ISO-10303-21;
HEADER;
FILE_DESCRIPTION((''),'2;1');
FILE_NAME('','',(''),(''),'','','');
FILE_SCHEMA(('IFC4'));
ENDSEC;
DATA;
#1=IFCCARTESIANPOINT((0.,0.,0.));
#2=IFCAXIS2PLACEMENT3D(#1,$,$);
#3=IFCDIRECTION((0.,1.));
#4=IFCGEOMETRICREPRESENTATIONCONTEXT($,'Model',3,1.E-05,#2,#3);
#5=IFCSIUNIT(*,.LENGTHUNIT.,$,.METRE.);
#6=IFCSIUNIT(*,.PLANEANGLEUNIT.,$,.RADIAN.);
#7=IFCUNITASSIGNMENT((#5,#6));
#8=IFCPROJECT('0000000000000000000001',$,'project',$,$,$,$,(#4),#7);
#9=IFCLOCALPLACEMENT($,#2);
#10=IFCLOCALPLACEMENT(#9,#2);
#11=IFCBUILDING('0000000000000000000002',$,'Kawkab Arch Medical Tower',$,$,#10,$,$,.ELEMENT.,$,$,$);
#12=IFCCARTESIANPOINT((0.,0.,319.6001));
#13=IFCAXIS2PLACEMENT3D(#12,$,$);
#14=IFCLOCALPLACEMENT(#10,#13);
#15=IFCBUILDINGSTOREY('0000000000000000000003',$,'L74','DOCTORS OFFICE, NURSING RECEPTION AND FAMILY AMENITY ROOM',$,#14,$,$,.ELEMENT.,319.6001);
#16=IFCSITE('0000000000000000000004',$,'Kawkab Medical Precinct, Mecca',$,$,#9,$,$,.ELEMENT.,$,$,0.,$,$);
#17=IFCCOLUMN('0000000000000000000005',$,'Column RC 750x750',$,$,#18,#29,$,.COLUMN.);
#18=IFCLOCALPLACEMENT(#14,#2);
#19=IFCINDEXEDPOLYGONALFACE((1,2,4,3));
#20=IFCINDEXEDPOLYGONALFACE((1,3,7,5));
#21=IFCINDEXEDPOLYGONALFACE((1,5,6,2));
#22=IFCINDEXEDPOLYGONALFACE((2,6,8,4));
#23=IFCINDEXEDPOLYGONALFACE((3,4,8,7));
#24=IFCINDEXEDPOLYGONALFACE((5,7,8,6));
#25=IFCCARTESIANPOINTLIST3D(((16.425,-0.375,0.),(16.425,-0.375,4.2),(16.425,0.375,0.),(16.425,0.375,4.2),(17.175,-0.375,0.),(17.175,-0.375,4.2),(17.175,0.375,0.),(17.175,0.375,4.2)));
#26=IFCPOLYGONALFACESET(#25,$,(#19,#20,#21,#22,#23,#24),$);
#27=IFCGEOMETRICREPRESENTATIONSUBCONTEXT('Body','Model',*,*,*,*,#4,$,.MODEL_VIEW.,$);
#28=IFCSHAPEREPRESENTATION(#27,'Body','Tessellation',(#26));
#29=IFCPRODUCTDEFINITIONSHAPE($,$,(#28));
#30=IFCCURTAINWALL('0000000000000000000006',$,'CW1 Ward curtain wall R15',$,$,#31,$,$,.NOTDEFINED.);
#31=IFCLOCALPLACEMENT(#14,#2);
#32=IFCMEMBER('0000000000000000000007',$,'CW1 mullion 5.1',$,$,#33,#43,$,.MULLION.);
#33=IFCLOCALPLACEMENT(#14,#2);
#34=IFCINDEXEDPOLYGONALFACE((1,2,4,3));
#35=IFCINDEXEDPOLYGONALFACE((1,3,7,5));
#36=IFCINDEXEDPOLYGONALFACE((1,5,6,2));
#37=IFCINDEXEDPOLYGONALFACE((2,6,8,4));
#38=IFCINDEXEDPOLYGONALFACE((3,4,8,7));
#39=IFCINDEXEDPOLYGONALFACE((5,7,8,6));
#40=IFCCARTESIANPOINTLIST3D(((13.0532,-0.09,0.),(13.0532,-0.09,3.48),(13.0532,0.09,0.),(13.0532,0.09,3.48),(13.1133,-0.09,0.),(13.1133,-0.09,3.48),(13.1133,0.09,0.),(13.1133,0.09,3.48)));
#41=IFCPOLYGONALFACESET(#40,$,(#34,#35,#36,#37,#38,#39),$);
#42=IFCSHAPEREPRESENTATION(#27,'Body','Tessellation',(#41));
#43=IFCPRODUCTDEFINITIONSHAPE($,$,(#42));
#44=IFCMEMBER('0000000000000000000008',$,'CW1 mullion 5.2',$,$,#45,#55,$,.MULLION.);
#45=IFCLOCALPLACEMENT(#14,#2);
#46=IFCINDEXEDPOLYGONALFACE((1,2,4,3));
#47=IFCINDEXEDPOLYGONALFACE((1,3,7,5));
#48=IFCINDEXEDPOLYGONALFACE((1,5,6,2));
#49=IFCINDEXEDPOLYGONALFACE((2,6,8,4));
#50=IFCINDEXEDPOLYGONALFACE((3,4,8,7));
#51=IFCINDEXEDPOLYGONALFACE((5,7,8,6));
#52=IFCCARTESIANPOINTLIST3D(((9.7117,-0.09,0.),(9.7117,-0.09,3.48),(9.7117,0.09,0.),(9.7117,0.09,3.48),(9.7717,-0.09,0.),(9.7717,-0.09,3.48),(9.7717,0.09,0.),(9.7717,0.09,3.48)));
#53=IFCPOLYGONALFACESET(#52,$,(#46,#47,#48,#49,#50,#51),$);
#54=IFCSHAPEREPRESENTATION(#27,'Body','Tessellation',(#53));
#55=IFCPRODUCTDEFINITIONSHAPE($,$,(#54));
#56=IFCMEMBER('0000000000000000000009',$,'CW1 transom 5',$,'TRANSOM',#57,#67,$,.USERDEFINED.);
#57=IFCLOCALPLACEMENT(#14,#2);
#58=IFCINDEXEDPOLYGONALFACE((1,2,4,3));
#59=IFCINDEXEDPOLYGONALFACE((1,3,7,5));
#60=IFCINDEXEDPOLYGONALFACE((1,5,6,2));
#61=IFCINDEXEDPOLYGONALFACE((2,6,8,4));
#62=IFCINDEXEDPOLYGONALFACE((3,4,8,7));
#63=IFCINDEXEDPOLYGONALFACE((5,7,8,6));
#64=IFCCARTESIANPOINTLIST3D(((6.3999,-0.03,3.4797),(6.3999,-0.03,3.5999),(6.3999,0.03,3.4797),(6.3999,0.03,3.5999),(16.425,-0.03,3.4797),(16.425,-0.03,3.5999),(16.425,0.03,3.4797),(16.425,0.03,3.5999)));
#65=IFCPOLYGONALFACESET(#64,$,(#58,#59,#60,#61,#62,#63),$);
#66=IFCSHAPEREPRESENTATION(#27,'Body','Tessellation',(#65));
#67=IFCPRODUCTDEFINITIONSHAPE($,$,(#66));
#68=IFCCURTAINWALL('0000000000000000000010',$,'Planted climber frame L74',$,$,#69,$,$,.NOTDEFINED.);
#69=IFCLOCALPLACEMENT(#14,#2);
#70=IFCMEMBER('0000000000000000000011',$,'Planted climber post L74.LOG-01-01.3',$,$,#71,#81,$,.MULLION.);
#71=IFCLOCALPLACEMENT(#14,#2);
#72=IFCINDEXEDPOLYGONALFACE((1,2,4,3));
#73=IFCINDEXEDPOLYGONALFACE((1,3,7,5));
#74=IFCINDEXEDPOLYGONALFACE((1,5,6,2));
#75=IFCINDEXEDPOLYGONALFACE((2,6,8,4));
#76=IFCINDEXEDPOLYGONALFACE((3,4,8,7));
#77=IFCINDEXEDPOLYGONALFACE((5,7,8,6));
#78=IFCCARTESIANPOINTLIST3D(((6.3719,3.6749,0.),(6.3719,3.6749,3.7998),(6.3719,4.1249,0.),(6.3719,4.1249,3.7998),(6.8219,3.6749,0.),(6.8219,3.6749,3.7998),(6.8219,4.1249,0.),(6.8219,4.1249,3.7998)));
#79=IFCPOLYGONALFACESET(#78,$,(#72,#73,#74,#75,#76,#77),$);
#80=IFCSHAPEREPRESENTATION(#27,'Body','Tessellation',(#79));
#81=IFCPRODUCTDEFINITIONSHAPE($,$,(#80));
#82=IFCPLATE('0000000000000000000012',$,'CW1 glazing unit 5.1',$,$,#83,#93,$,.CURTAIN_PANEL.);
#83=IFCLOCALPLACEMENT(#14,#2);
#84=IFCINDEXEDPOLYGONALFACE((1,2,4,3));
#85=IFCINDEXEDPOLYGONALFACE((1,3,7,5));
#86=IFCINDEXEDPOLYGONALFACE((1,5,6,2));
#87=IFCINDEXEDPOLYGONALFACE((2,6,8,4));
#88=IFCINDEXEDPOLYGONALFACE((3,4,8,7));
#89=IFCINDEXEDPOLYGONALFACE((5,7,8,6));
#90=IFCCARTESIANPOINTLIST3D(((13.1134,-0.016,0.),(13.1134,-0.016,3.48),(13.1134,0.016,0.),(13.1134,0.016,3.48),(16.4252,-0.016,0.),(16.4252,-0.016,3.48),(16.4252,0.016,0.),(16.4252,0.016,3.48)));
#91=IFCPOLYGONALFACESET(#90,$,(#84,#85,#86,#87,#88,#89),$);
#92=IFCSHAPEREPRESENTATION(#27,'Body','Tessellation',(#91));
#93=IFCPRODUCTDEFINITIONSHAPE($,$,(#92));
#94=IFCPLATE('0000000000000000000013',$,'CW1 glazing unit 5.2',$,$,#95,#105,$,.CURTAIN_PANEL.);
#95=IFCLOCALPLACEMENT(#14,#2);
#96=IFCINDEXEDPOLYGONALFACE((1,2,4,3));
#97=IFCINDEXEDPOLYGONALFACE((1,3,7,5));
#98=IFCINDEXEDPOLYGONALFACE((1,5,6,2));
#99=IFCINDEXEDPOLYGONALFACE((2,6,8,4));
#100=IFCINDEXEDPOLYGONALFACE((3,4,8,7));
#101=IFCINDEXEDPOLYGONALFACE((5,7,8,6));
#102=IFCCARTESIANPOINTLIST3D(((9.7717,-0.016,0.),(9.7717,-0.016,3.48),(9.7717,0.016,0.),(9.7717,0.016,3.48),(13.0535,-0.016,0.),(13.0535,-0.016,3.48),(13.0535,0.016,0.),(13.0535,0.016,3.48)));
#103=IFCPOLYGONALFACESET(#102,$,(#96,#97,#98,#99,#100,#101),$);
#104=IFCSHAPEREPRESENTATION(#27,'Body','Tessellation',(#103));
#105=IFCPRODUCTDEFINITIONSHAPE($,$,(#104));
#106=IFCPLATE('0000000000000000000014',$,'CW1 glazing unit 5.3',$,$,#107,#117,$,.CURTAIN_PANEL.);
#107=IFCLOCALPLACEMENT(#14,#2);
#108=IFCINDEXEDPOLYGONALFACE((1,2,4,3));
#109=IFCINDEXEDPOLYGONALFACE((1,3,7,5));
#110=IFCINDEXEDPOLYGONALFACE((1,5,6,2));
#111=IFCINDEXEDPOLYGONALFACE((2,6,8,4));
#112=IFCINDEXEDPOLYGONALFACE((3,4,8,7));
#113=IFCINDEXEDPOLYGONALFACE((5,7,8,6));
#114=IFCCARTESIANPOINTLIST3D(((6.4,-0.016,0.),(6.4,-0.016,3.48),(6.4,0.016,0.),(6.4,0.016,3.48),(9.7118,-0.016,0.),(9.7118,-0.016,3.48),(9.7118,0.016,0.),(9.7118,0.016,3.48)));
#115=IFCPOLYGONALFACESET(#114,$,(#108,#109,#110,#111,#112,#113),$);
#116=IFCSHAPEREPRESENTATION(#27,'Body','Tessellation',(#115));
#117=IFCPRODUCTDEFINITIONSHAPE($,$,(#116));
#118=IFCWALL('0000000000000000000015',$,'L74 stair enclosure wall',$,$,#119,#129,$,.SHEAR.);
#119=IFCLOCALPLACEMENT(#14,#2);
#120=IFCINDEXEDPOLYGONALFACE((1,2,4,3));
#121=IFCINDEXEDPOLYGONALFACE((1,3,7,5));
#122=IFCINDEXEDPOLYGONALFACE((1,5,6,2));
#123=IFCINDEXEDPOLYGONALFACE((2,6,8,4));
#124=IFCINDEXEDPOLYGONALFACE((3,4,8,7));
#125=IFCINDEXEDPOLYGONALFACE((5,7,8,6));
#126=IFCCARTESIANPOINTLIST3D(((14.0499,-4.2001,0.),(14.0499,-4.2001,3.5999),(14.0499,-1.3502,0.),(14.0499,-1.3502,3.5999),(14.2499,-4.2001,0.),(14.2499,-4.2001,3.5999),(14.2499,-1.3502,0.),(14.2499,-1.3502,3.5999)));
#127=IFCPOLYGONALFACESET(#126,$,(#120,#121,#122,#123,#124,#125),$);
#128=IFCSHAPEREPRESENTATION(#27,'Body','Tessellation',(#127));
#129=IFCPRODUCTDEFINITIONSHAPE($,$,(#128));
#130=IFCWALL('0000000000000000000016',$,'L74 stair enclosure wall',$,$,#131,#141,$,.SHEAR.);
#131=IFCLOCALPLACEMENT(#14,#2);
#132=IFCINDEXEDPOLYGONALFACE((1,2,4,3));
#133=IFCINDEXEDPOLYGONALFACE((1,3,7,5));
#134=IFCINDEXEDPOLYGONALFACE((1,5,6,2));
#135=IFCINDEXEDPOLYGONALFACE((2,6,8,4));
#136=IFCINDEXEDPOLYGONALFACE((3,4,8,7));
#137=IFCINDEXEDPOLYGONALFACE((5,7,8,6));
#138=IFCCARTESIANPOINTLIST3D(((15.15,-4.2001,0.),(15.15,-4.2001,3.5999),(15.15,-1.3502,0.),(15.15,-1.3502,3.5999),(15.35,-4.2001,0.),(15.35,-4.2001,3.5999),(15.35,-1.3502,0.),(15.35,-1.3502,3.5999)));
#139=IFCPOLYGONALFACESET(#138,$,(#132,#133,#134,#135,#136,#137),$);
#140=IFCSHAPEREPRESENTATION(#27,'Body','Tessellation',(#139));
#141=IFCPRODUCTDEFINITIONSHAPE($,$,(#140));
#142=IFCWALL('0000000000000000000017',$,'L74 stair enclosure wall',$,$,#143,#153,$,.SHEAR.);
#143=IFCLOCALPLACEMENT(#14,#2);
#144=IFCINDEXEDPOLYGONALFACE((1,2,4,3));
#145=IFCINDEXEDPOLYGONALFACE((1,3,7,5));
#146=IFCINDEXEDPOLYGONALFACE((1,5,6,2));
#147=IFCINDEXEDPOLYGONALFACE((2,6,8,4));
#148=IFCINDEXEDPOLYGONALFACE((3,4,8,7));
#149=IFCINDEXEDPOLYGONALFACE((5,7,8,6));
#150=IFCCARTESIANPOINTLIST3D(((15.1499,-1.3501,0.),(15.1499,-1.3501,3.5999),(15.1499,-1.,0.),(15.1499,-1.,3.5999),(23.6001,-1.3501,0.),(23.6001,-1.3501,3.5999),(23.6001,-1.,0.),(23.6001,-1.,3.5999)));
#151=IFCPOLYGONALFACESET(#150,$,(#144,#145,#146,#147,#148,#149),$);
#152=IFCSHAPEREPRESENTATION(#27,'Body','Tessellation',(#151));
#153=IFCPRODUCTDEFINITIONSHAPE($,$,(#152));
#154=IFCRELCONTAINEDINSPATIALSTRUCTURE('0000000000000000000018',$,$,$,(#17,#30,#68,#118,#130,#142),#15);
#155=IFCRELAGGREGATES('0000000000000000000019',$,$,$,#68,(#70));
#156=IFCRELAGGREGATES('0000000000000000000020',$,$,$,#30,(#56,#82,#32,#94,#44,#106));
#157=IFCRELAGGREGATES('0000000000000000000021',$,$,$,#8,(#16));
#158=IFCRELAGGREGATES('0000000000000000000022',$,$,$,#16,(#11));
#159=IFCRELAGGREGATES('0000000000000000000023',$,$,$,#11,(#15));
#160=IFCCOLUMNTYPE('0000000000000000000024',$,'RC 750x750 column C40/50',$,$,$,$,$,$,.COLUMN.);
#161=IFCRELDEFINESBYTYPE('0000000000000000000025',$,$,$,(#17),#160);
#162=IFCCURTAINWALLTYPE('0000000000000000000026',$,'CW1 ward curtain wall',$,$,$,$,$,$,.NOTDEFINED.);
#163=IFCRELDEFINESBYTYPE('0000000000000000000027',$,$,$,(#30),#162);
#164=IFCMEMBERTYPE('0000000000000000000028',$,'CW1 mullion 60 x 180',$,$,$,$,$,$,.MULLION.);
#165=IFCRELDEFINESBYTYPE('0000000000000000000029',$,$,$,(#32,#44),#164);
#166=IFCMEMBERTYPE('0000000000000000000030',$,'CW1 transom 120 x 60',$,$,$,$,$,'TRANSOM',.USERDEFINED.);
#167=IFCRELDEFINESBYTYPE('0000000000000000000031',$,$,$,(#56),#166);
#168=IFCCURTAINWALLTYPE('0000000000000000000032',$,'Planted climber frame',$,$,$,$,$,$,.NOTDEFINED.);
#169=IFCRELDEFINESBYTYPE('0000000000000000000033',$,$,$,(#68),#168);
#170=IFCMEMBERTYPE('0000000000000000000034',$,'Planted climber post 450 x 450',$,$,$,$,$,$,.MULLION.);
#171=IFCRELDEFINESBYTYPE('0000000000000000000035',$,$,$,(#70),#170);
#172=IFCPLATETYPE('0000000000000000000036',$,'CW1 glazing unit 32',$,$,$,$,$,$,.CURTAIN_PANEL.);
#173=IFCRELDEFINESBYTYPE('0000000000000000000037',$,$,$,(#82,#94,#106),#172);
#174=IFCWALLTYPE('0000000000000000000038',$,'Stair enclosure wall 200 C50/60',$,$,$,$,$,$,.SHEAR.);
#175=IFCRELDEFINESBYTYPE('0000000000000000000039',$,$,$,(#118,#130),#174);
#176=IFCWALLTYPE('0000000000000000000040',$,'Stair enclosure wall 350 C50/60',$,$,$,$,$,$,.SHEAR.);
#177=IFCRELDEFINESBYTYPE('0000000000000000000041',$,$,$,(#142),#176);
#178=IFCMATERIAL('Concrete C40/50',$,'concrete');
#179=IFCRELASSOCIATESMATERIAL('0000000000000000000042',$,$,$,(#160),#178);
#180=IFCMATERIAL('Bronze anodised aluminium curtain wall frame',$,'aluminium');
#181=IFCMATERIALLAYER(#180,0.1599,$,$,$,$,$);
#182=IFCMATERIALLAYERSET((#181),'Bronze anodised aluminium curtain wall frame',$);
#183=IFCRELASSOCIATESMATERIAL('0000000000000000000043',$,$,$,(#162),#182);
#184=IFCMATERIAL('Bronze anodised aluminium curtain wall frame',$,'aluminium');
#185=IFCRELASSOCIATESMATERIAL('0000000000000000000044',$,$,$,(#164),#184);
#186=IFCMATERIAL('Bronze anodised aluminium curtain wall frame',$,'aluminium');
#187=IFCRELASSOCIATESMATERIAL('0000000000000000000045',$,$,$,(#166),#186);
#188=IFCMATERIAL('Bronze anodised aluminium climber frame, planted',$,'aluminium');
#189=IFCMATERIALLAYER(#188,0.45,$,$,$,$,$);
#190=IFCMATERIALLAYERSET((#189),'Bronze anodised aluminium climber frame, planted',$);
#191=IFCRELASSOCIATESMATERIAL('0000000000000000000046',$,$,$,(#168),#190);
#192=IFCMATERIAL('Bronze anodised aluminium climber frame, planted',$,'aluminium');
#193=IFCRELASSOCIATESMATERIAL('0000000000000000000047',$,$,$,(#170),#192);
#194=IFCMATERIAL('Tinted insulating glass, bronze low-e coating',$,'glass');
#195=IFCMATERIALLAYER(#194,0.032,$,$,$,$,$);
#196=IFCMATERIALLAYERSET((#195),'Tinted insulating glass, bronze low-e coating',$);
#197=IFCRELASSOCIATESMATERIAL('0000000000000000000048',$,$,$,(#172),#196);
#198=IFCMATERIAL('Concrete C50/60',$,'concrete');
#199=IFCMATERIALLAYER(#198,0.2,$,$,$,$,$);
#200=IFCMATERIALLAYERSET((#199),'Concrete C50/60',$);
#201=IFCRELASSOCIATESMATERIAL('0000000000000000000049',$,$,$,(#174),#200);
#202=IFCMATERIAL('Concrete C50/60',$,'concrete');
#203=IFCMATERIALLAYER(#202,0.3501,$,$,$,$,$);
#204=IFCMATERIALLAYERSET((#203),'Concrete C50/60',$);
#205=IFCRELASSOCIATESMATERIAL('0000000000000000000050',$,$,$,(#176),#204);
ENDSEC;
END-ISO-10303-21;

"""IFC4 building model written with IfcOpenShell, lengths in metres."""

from ifc_helpers import new_model, si_unit, direction, frame, frame_2d, origin, origin_2d, place, context, subcontext, project, spatial, rectangle, extrude, material, layer, layer_set, material_profile, profile_set, type_object, element, aggregate, save


model = new_model("IFC4")

# Units and contexts
model_context = context("Model", 3, precision=1e-05, world=origin(), true_north=direction((0.0, 1.0)))
body_context = subcontext(model_context, "Body", "Model", "MODEL_VIEW")
ifc_project = project(units=[si_unit("LENGTHUNIT", "METRE"), si_unit("PLANEANGLEUNIT", "RADIAN")], contexts=[model_context])

# Site, building, storey
site_placement = place(None, origin())
site = spatial("IfcSite", under=ifc_project, at=site_placement, Name="Kawkab Medical Precinct, Mecca", CompositionType="ELEMENT", RefElevation=0.0)
building_placement = place(site_placement, origin())
building = spatial("IfcBuilding", under=site, at=building_placement, Name="Kawkab Arch Medical Tower", CompositionType="ELEMENT")
storey_placement = place(building_placement, frame((0.0, 0.0, 319.6001)))
storey = spatial("IfcBuildingStorey", under=building, at=storey_placement, Name="L74", Description="DOCTORS OFFICE, NURSING RECEPTION AND FAMILY AMENITY ROOM", CompositionType="ELEMENT", Elevation=319.6001)

# Column
ifc_material_1 = material(Name="Concrete C40/50", Category="concrete")
ifc_material_profile_1 = material_profile(ifc_material_1, rectangle(XDim=0.75, YDim=0.75, at=origin_2d()), Name="RC 750x750")
ifc_profile_set_1 = profile_set([ifc_material_profile_1], Name="Concrete C40/50")
column_type = type_object("IfcColumnType", Name="RC 750x750 column C40/50", PredefinedType="COLUMN", material=ifc_profile_set_1)
column_placement = place(storey_placement, frame((16.8, 0.0, 0.0), z_axis=(0.0, 0.0, 1.0), x_axis=(1.0, 0.0, 0.0)))
element("IfcColumn", 1, at=column_placement, inside=storey, type_object=column_type, Name="Column RC 750x750", PredefinedType="COLUMN", context=body_context, shape_type="SweptSolid", body=[
    extrude(rectangle(XDim=0.75, YDim=0.75, at=origin_2d()), origin(), (0.0, 0.0, 1.0), 4.2),
])

# Curtain wall, members
ifc_material_2 = material(Name="Bronze anodised aluminium curtain wall frame", Category="aluminium")
ifc_layer_1 = layer(ifc_material_2, 0.1599)
ifc_layer_set_1 = layer_set([ifc_layer_1], Name="Bronze anodised aluminium curtain wall frame")
curtain_wall_type_1 = type_object("IfcCurtainWallType", Name="CW1 ward curtain wall", PredefinedType="NOTDEFINED", material=ifc_layer_set_1)
placement = place(storey_placement, origin())
curtain_wall_1 = element("IfcCurtainWall", 2, at=placement, inside=storey, type_object=curtain_wall_type_1, Name="CW1 Ward curtain wall R15", PredefinedType="NOTDEFINED")
ifc_material_3 = material(Name="Bronze anodised aluminium curtain wall frame", Category="aluminium")
ifc_material_profile_2 = material_profile(ifc_material_3, rectangle(XDim=0.1799, YDim=0.0601, at=origin_2d()), Name="AL 60x180")
ifc_profile_set_2 = profile_set([ifc_material_profile_2], Name="Bronze anodised aluminium curtain wall frame")
member_type_1 = type_object("IfcMemberType", Name="CW1 mullion 60 x 180", PredefinedType="MULLION", material=ifc_profile_set_2)
member_1_placement = place(storey_placement, frame((13.0833, 0.0, 0.0), z_axis=(0.0, 0.0, 1.0), x_axis=(0.0, -1.0, 0.0)))
member_1 = element("IfcMember", 3, at=member_1_placement, type_object=member_type_1, Name="CW1 mullion 5.1", PredefinedType="MULLION", context=body_context, shape_type="SweptSolid", body=[
    extrude(rectangle(XDim=0.1799, YDim=0.0601, at=origin_2d()), origin(), (0.0, 0.0, 1.0), 3.48),
])
member_2_placement = place(storey_placement, frame((9.7417, 0.0, 0.0), z_axis=(0.0, 0.0, 1.0), x_axis=(0.0, -1.0, 0.0)))
member_2 = element("IfcMember", 4, at=member_2_placement, type_object=member_type_1, Name="CW1 mullion 5.2", PredefinedType="MULLION", context=body_context, shape_type="SweptSolid", body=[
    extrude(rectangle(XDim=0.1799, YDim=0.0601, at=origin_2d()), origin(), (0.0, 0.0, 1.0), 3.48),
])
ifc_material_4 = material(Name="Bronze anodised aluminium curtain wall frame", Category="aluminium")
ifc_material_profile_3 = material_profile(ifc_material_4, rectangle(XDim=0.0601, YDim=0.1201, at=origin_2d()), Name="AL 60x120")
ifc_profile_set_3 = profile_set([ifc_material_profile_3], Name="Bronze anodised aluminium curtain wall frame")
member_type_2 = type_object("IfcMemberType", Name="CW1 transom 120 x 60", ElementType="TRANSOM", PredefinedType="USERDEFINED", material=ifc_profile_set_3)
member_3_placement = place(storey_placement, frame((16.425, 0.0, 3.5398), z_axis=(-1.0, 0.0, 0.0), x_axis=(0.0, -1.0, 0.0)))
member_3 = element("IfcMember", 5, at=member_3_placement, type_object=member_type_2, Name="CW1 transom 5", ObjectType="TRANSOM", PredefinedType="USERDEFINED", context=body_context, shape_type="SweptSolid", body=[
    extrude(rectangle(XDim=0.0601, YDim=0.1201, at=origin_2d()), origin(), (0.0, 0.0, 1.0), 10.0251),
])

# Curtain wall, member
ifc_material_5 = material(Name="Bronze anodised aluminium climber frame, planted", Category="aluminium")
ifc_layer_2 = layer(ifc_material_5, 0.45)
ifc_layer_set_2 = layer_set([ifc_layer_2], Name="Bronze anodised aluminium climber frame, planted")
curtain_wall_type_2 = type_object("IfcCurtainWallType", Name="Planted climber frame", PredefinedType="NOTDEFINED", material=ifc_layer_set_2)
curtain_wall_2 = element("IfcCurtainWall", 6, at=placement, inside=storey, type_object=curtain_wall_type_2, Name="Planted climber frame L74", PredefinedType="NOTDEFINED")
ifc_material_6 = material(Name="Bronze anodised aluminium climber frame, planted", Category="aluminium")
ifc_material_profile_4 = material_profile(ifc_material_6, rectangle(XDim=0.45, YDim=0.45, at=origin_2d()), Name="Post 450x450")
ifc_profile_set_4 = profile_set([ifc_material_profile_4], Name="Bronze anodised aluminium climber frame, planted")
member_type_3 = type_object("IfcMemberType", Name="Planted climber post 450 x 450", PredefinedType="MULLION", material=ifc_profile_set_4)
member_4_placement = place(storey_placement, frame((6.5969, 3.8999, 0.0), z_axis=(0.0, 0.0, 1.0), x_axis=(1.0, 0.0, 0.0)))
member_4 = element("IfcMember", 7, at=member_4_placement, type_object=member_type_3, Name="Planted climber post L74.LOG-01-01.3", PredefinedType="MULLION", context=body_context, shape_type="SweptSolid", body=[
    extrude(rectangle(XDim=0.45, YDim=0.45, at=origin_2d()), origin(), (0.0, 0.0, 1.0), 3.7998),
])
aggregate(curtain_wall_2, [member_4])

# Plates
ifc_material_7 = material(Name="Tinted insulating glass, bronze low-e coating", Category="glass")
ifc_layer_3 = layer(ifc_material_7, 0.032)
ifc_layer_set_3 = layer_set([ifc_layer_3], Name="Tinted insulating glass, bronze low-e coating")
plate_type = type_object("IfcPlateType", Name="CW1 glazing unit 32", PredefinedType="CURTAIN_PANEL", material=ifc_layer_set_3)
plate_1_placement = place(storey_placement, frame((14.7693, 0.0, 0.0), z_axis=(0.0, 0.0, 1.0), x_axis=(-1.0, 0.0, 0.0)))
plate_1 = element("IfcPlate", 8, at=plate_1_placement, type_object=plate_type, Name="CW1 glazing unit 5.1", PredefinedType="CURTAIN_PANEL", context=body_context, shape_type="SweptSolid", body=[
    extrude(rectangle(XDim=3.3118, YDim=0.032, at=origin_2d()), origin(), (0.0, 0.0, 1.0), 3.48),
])
plate_2_placement = place(storey_placement, frame((11.4126, 0.0, 0.0), z_axis=(0.0, 0.0, 1.0), x_axis=(-1.0, 0.0, 0.0)))
plate_2 = element("IfcPlate", 9, at=plate_2_placement, type_object=plate_type, Name="CW1 glazing unit 5.2", PredefinedType="CURTAIN_PANEL", context=body_context, shape_type="SweptSolid", body=[
    extrude(rectangle(XDim=3.2817, YDim=0.032, at=origin_2d()), origin(), (0.0, 0.0, 1.0), 3.48),
])
plate_3_placement = place(storey_placement, frame((8.0559, 0.0, 0.0), z_axis=(0.0, 0.0, 1.0), x_axis=(-1.0, 0.0, 0.0)))
plate_3 = element("IfcPlate", 10, at=plate_3_placement, type_object=plate_type, Name="CW1 glazing unit 5.3", PredefinedType="CURTAIN_PANEL", context=body_context, shape_type="SweptSolid", body=[
    extrude(rectangle(XDim=3.3118, YDim=0.032, at=origin_2d()), origin(), (0.0, 0.0, 1.0), 3.48),
])
aggregate(curtain_wall_1, [member_3, plate_1, member_1, plate_2, member_2, plate_3])

# Walls
ifc_material_8 = material(Name="Concrete C50/60", Category="concrete")
ifc_layer_4 = layer(ifc_material_8, 0.2)
ifc_layer_set_4 = layer_set([ifc_layer_4], Name="Concrete C50/60")
wall_type_1 = type_object("IfcWallType", Name="Stair enclosure wall 200 C50/60", PredefinedType="SHEAR", material=ifc_layer_set_4)
for number, where, z_axis, x_axis, name in (
    (11, (14.1499, -4.2, 0.0), (0.0, 0.0, 1.0), (0.0, 1.0, 0.0), "L74 stair enclosure wall"),
    (12, (15.25, -4.2, 0.0), (0.0, 0.0, 1.0), (0.0, 1.0, 0.0), "L74 stair enclosure wall"),
):
    element("IfcWall", number, at=place(storey_placement, frame(where, z_axis=z_axis, x_axis=x_axis)), inside=storey, type_object=wall_type_1, Name=name, PredefinedType="SHEAR", context=body_context, shape_type="SweptSolid", body=[
        extrude(rectangle(XDim=2.8499, YDim=0.2, at=frame_2d((1.4248, 0.0))), origin(), (0.0, 0.0, 1.0), 3.5999),
    ])
ifc_material_9 = material(Name="Concrete C50/60", Category="concrete")
ifc_layer_5 = layer(ifc_material_9, 0.3501)
ifc_layer_set_5 = layer_set([ifc_layer_5], Name="Concrete C50/60")
wall_type_2 = type_object("IfcWallType", Name="Stair enclosure wall 350 C50/60", PredefinedType="SHEAR", material=ifc_layer_set_5)
wall_placement = place(storey_placement, frame((15.1499, -1.175, 0.0), z_axis=(0.0, 0.0, 1.0), x_axis=(1.0, 0.0, 0.0)))
element("IfcWall", 13, at=wall_placement, inside=storey, type_object=wall_type_2, Name="L74 stair enclosure wall", PredefinedType="SHEAR", context=body_context, shape_type="SweptSolid", body=[
    extrude(rectangle(XDim=8.4502, YDim=0.3501, at=frame_2d((4.2251, 0.0))), origin(), (0.0, 0.0, 1.0), 3.5999),
])

save(model, "model.ifc")
